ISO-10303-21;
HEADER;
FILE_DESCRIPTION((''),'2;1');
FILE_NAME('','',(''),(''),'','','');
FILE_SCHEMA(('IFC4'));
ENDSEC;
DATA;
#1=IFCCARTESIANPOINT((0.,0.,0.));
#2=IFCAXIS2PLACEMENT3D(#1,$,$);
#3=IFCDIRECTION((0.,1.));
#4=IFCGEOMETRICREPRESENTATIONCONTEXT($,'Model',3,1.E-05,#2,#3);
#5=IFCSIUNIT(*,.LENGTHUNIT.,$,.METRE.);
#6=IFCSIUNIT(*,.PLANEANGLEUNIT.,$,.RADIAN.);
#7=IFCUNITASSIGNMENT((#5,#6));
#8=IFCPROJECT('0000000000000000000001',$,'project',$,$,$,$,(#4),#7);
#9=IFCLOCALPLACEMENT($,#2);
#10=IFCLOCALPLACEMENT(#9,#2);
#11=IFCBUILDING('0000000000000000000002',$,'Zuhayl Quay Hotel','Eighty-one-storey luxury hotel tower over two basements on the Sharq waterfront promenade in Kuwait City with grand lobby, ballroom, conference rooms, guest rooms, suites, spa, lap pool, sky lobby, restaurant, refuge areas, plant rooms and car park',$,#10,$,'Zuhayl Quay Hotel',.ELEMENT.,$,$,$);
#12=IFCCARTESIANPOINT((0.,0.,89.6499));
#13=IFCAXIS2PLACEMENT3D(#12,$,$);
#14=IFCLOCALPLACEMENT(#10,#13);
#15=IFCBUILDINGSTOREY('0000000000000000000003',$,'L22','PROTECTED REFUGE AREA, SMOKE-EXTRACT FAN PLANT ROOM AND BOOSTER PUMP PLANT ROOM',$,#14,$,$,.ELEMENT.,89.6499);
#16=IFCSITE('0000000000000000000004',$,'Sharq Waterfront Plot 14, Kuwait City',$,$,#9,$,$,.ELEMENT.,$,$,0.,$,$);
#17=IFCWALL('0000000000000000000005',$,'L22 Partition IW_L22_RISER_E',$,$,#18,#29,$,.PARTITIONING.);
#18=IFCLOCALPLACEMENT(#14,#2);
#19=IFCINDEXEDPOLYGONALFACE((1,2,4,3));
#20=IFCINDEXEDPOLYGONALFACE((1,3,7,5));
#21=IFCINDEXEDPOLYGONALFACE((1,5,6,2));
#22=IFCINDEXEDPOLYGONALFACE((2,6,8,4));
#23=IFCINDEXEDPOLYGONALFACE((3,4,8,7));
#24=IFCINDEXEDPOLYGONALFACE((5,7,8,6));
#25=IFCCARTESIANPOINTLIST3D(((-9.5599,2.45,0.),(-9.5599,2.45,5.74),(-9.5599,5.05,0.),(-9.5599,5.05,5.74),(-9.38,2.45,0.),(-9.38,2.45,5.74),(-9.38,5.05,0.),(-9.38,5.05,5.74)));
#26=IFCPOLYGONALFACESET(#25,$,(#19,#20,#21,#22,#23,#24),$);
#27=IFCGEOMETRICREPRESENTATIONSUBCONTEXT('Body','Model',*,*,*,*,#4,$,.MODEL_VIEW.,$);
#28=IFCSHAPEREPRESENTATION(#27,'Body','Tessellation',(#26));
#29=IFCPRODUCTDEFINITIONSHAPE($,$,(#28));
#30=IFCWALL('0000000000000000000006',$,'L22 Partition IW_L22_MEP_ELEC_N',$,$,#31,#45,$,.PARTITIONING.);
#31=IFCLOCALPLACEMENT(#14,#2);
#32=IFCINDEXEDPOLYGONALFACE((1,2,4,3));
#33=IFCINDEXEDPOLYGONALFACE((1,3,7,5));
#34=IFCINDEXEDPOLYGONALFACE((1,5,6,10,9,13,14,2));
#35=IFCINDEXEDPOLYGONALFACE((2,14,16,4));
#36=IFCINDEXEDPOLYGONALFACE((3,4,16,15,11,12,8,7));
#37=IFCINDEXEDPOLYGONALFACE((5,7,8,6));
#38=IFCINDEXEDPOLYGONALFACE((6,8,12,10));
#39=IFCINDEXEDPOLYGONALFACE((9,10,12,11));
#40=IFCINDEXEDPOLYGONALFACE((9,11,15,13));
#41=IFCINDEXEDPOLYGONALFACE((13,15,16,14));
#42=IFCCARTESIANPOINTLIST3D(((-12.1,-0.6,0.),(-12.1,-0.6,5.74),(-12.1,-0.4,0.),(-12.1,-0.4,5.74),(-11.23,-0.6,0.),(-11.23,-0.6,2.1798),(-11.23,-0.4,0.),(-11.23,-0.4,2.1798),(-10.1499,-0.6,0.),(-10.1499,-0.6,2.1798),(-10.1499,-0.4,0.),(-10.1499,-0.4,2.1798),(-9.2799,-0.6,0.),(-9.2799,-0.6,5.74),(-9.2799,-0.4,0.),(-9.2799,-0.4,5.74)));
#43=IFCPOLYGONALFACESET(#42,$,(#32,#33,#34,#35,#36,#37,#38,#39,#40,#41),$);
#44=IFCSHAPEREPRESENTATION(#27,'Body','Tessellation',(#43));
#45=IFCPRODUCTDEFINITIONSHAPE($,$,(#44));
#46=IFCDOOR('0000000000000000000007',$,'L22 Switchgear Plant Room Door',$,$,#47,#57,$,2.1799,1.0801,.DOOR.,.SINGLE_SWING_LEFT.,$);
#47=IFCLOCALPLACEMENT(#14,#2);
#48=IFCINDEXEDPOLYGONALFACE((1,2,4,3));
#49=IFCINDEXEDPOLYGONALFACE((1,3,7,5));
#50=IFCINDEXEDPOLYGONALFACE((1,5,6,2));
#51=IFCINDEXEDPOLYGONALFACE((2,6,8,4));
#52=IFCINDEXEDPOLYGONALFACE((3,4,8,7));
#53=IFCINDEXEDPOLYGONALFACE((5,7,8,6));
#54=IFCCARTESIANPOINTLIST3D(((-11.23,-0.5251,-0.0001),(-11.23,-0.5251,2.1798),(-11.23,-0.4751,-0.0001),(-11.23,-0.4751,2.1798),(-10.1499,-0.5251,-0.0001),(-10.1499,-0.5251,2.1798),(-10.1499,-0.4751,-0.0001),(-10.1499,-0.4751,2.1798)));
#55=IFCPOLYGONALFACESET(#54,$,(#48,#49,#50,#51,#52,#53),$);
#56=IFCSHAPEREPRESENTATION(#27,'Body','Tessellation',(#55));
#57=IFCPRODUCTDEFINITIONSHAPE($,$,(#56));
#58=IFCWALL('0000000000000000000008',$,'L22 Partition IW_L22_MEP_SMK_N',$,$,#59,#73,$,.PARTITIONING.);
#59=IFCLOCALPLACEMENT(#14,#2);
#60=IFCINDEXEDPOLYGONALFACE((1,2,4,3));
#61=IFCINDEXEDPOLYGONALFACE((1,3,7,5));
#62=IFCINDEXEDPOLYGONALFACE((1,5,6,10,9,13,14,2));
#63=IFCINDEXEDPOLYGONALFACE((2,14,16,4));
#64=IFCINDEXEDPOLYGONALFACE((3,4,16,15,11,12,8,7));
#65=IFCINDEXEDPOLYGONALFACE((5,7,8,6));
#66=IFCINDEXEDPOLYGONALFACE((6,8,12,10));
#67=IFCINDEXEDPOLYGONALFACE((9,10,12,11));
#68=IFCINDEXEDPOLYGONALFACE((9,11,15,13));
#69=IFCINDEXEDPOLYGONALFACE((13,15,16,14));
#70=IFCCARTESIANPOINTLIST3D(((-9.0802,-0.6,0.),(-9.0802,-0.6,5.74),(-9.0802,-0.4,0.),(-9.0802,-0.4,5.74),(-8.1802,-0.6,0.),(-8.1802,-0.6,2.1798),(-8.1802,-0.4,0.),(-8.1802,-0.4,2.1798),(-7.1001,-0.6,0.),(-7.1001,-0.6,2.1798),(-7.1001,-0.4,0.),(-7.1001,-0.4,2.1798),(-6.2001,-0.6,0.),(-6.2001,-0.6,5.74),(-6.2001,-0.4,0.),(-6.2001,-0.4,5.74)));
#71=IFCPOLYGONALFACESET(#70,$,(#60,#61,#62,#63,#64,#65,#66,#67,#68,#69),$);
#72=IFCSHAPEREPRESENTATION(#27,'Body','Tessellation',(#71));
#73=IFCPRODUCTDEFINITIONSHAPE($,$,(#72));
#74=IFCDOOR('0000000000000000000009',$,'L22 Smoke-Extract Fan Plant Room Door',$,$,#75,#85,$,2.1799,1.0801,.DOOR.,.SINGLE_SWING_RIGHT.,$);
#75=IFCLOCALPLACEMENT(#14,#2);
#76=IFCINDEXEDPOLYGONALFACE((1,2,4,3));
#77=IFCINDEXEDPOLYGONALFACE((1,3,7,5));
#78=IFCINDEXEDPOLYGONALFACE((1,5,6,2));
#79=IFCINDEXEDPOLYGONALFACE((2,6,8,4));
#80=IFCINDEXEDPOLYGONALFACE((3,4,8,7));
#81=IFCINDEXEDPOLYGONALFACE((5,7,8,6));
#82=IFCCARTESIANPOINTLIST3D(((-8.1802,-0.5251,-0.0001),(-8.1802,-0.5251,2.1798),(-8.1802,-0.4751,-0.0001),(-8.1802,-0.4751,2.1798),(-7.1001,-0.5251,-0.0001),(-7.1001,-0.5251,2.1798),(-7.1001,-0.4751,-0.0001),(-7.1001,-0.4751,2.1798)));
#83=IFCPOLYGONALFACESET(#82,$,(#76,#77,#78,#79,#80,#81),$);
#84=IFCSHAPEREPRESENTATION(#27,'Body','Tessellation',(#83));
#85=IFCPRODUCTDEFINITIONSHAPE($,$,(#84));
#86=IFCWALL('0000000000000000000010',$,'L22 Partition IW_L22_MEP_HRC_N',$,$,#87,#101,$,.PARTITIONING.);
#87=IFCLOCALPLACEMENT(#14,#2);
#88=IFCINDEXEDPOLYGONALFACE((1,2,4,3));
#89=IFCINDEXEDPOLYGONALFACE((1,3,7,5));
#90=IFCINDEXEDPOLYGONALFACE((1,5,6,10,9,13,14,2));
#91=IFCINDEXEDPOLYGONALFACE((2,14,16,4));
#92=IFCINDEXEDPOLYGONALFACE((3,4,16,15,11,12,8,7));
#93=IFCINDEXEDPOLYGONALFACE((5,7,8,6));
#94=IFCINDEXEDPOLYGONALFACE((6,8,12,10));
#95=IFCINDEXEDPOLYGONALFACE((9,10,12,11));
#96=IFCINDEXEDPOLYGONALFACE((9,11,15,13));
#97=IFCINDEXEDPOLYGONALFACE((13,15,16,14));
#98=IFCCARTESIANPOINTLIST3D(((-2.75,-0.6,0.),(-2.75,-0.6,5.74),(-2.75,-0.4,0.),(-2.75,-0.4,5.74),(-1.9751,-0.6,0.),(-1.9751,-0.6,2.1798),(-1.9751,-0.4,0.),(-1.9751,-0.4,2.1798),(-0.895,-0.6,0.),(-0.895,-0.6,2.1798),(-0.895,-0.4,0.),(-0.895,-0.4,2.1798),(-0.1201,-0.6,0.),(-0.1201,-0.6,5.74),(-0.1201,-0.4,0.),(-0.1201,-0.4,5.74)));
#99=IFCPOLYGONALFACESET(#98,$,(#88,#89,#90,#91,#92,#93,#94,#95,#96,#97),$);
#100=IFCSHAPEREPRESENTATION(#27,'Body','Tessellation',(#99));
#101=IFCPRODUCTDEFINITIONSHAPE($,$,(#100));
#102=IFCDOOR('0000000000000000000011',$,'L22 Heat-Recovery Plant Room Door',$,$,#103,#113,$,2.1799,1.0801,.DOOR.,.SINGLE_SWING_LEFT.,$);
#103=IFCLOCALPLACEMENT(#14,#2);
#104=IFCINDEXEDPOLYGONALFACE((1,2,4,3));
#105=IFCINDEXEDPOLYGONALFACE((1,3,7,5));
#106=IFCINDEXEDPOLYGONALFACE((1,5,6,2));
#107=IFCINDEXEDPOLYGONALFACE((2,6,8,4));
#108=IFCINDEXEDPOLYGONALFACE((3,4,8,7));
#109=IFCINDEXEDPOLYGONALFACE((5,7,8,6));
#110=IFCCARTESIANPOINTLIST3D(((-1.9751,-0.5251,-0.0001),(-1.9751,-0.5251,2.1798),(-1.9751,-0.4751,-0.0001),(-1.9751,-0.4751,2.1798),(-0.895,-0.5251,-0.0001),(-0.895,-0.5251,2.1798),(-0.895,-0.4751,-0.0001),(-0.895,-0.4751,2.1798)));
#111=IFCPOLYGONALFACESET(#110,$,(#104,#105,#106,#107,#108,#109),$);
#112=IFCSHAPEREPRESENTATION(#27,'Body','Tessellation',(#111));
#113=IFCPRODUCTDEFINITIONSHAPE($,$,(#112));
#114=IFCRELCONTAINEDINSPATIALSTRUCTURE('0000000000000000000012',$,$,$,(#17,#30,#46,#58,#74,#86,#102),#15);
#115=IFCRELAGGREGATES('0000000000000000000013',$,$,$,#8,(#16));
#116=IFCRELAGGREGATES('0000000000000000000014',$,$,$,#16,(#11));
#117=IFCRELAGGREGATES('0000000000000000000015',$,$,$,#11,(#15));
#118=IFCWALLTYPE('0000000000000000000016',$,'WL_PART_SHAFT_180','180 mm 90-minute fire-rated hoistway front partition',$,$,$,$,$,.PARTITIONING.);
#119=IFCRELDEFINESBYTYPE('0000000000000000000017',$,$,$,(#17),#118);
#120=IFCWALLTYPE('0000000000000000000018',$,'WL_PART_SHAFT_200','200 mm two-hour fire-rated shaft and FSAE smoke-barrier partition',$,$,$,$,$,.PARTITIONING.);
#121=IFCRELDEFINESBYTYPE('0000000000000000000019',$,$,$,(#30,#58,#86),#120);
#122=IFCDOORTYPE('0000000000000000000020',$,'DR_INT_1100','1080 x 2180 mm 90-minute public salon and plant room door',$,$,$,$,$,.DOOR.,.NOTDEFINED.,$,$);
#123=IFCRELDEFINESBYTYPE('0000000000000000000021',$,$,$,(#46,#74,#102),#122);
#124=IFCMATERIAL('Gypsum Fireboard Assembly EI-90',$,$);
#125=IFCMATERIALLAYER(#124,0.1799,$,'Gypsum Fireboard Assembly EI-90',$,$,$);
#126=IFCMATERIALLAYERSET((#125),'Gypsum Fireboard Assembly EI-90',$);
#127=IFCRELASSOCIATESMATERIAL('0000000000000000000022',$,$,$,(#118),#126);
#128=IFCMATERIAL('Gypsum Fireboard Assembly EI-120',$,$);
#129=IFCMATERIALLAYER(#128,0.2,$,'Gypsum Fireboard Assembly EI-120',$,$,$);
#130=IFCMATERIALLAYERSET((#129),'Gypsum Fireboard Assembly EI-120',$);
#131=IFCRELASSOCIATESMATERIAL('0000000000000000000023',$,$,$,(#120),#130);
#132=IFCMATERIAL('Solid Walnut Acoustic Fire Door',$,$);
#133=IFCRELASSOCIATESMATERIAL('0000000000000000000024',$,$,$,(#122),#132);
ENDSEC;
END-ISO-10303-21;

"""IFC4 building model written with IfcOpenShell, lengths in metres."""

from ifc_helpers import new_model, si_unit, direction, frame, frame_2d, origin, place, context, subcontext, project, spatial, rectangle, extrude, material, layer, layer_set, type_object, element, fill, save


model = new_model("IFC4")

# Units and contexts
model_context = context("Model", 3, precision=1e-05, world=origin(), true_north=direction((0.0, 1.0)))
body_context = subcontext(model_context, "Body", "Model", "MODEL_VIEW")
ifc_project = project(units=[si_unit("LENGTHUNIT", "METRE"), si_unit("PLANEANGLEUNIT", "RADIAN")], contexts=[model_context])

# Site, building, storey
site_placement = place(None, origin())
site = spatial("IfcSite", under=ifc_project, at=site_placement, Name="Sharq Waterfront Plot 14, Kuwait City", CompositionType="ELEMENT", RefElevation=0.0)
building_placement = place(site_placement, origin())
building = spatial("IfcBuilding", under=site, at=building_placement, Name="Zuhayl Quay Hotel", Description="Eighty-one-storey luxury hotel tower over two basements on the Sharq waterfront promenade in Kuwait City with grand lobby, ballroom, conference rooms, guest rooms, suites, spa, lap pool, sky lobby, restaurant, refuge areas, plant rooms and car park", LongName="Zuhayl Quay Hotel", CompositionType="ELEMENT")
storey_placement = place(building_placement, frame((0.0, 0.0, 89.6499)))
storey = spatial("IfcBuildingStorey", under=building, at=storey_placement, Name="L22", Description="PROTECTED REFUGE AREA, SMOKE-EXTRACT FAN PLANT ROOM AND BOOSTER PUMP PLANT ROOM", CompositionType="ELEMENT", Elevation=89.6499)

# Wall
ifc_material_1 = material(Name="Gypsum Fireboard Assembly EI-90")
ifc_layer_1 = layer(ifc_material_1, 0.1799, Name="Gypsum Fireboard Assembly EI-90")
ifc_layer_set_1 = layer_set([ifc_layer_1], Name="Gypsum Fireboard Assembly EI-90")
wall_type_1 = type_object("IfcWallType", Name="WL_PART_SHAFT_180", Description="180 mm 90-minute fire-rated hoistway front partition", PredefinedType="PARTITIONING", material=ifc_layer_set_1)
wall_1_placement = place(storey_placement, frame((-9.47, 2.45, 0.0), z_axis=(0.0, 0.0, 1.0), x_axis=(0.0, 1.0, 0.0)))
element("IfcWall", 1, at=wall_1_placement, inside=storey, type_object=wall_type_1, Name="L22 Partition IW_L22_RISER_E", PredefinedType="PARTITIONING", context=body_context, shape_type="SweptSolid", body=[
    extrude(rectangle(XDim=2.6001, YDim=0.1799, at=frame_2d((1.3, 0.0))), origin(), (0.0, 0.0, 1.0), 5.74),
])

# Walls, openings, doors
ifc_material_2 = material(Name="Gypsum Fireboard Assembly EI-120")
ifc_layer_2 = layer(ifc_material_2, 0.2, Name="Gypsum Fireboard Assembly EI-120")
ifc_layer_set_2 = layer_set([ifc_layer_2], Name="Gypsum Fireboard Assembly EI-120")
wall_type_2 = type_object("IfcWallType", Name="WL_PART_SHAFT_200", Description="200 mm two-hour fire-rated shaft and FSAE smoke-barrier partition", PredefinedType="PARTITIONING", material=ifc_layer_set_2)
wall_2_placement = place(storey_placement, frame((-12.1001, -0.5, 0.0), z_axis=(0.0, 0.0, 1.0), x_axis=(1.0, 0.0, 0.0)))
wall_2 = element("IfcWall", 2, at=wall_2_placement, inside=storey, type_object=wall_type_2, Name="L22 Partition IW_L22_MEP_ELEC_N", PredefinedType="PARTITIONING", context=body_context, shape_type="SweptSolid", body=[
    extrude(rectangle(XDim=2.8201, YDim=0.2, at=frame_2d((1.4102, 0.0))), origin(), (0.0, 0.0, 1.0), 5.74),
])
opening_1_placement = place(wall_2_placement, frame((0.8701, 0.0, 0.0)))
opening_1 = element("IfcOpeningElement", 3, at=opening_1_placement, cuts=wall_2, PredefinedType="OPENING", context=body_context, shape_type="SweptSolid", body=[
    extrude(rectangle(XDim=1.0801, YDim=2.1799, at=frame_2d((0.54, 1.0898))), frame((0.0, 0.1099, 0.0), z_axis=(0.0, -1.0, 0.0), x_axis=(1.0, 0.0, 0.0)), (0.0, 0.0, 1.0), 0.22),
])
ifc_material_3 = material(Name="Solid Walnut Acoustic Fire Door")
door_type = type_object("IfcDoorType", Name="DR_INT_1100", Description="1080 x 2180 mm 90-minute public salon and plant room door", OperationType="NOTDEFINED", PredefinedType="DOOR", material=ifc_material_3)
door_1_placement = place(opening_1_placement, origin())
door_1 = element("IfcDoor", 4, at=door_1_placement, inside=storey, type_object=door_type, Name="L22 Switchgear Plant Room Door", OperationType="SINGLE_SWING_LEFT", OverallHeight=2.1799, OverallWidth=1.0801, PredefinedType="DOOR", context=body_context, shape_type="SweptSolid", body=[
    extrude(rectangle(XDim=1.0801, YDim=2.1799, at=frame_2d((0.54, 1.0898))), frame((0.0, 0.0249, 0.0), z_axis=(0.0, -1.0, 0.0), x_axis=(1.0, 0.0, 0.0)), (0.0, 0.0, 1.0), 0.05),
])
fill(opening_1, door_1)
wall_3_placement = place(storey_placement, frame((-9.0801, -0.5, 0.0), z_axis=(0.0, 0.0, 1.0), x_axis=(1.0, 0.0, 0.0)))
wall_3 = element("IfcWall", 5, at=wall_3_placement, inside=storey, type_object=wall_type_2, Name="L22 Partition IW_L22_MEP_SMK_N", PredefinedType="PARTITIONING", context=body_context, shape_type="SweptSolid", body=[
    extrude(rectangle(XDim=2.8801, YDim=0.2, at=frame_2d((1.4399, 0.0))), origin(), (0.0, 0.0, 1.0), 5.74),
])
opening_2_placement = place(wall_3_placement, frame((0.8999, 0.0, 0.0)))
opening_2 = element("IfcOpeningElement", 6, at=opening_2_placement, cuts=wall_3, PredefinedType="OPENING", context=body_context, shape_type="SweptSolid", body=[
    extrude(rectangle(XDim=1.0801, YDim=2.1799, at=frame_2d((0.54, 1.0898))), frame((0.0, 0.1099, 0.0), z_axis=(0.0, -1.0, 0.0), x_axis=(1.0, 0.0, 0.0)), (0.0, 0.0, 1.0), 0.22),
])
door_2_placement = place(opening_2_placement, origin())
door_2 = element("IfcDoor", 7, at=door_2_placement, inside=storey, type_object=door_type, Name="L22 Smoke-Extract Fan Plant Room Door", OperationType="SINGLE_SWING_RIGHT", OverallHeight=2.1799, OverallWidth=1.0801, PredefinedType="DOOR", context=body_context, shape_type="SweptSolid", body=[
    extrude(rectangle(XDim=1.0801, YDim=2.1799, at=frame_2d((0.54, 1.0898))), frame((0.0, 0.0249, 0.0), z_axis=(0.0, -1.0, 0.0), x_axis=(1.0, 0.0, 0.0)), (0.0, 0.0, 1.0), 0.05),
])
fill(opening_2, door_2)
wall_4_placement = place(storey_placement, frame((-2.75, -0.5, 0.0), z_axis=(0.0, 0.0, 1.0), x_axis=(1.0, 0.0, 0.0)))
wall_4 = element("IfcWall", 8, at=wall_4_placement, inside=storey, type_object=wall_type_2, Name="L22 Partition IW_L22_MEP_HRC_N", PredefinedType="PARTITIONING", context=body_context, shape_type="SweptSolid", body=[
    extrude(rectangle(XDim=2.6299, YDim=0.2, at=frame_2d((1.3149, 0.0))), origin(), (0.0, 0.0, 1.0), 5.74),
])
opening_3_placement = place(wall_4_placement, frame((0.7749, 0.0, 0.0)))
opening_3 = element("IfcOpeningElement", 9, at=opening_3_placement, cuts=wall_4, PredefinedType="OPENING", context=body_context, shape_type="SweptSolid", body=[
    extrude(rectangle(XDim=1.0801, YDim=2.1799, at=frame_2d((0.54, 1.0898))), frame((0.0, 0.1099, 0.0), z_axis=(0.0, -1.0, 0.0), x_axis=(1.0, 0.0, 0.0)), (0.0, 0.0, 1.0), 0.22),
])
door_3_placement = place(opening_3_placement, origin())
door_3 = element("IfcDoor", 10, at=door_3_placement, inside=storey, type_object=door_type, Name="L22 Heat-Recovery Plant Room Door", OperationType="SINGLE_SWING_LEFT", OverallHeight=2.1799, OverallWidth=1.0801, PredefinedType="DOOR", context=body_context, shape_type="SweptSolid", body=[
    extrude(rectangle(XDim=1.0801, YDim=2.1799, at=frame_2d((0.54, 1.0898))), frame((0.0, 0.0249, 0.0), z_axis=(0.0, -1.0, 0.0), x_axis=(1.0, 0.0, 0.0)), (0.0, 0.0, 1.0), 0.05),
])
fill(opening_3, door_3)

save(model, "model.ifc")
